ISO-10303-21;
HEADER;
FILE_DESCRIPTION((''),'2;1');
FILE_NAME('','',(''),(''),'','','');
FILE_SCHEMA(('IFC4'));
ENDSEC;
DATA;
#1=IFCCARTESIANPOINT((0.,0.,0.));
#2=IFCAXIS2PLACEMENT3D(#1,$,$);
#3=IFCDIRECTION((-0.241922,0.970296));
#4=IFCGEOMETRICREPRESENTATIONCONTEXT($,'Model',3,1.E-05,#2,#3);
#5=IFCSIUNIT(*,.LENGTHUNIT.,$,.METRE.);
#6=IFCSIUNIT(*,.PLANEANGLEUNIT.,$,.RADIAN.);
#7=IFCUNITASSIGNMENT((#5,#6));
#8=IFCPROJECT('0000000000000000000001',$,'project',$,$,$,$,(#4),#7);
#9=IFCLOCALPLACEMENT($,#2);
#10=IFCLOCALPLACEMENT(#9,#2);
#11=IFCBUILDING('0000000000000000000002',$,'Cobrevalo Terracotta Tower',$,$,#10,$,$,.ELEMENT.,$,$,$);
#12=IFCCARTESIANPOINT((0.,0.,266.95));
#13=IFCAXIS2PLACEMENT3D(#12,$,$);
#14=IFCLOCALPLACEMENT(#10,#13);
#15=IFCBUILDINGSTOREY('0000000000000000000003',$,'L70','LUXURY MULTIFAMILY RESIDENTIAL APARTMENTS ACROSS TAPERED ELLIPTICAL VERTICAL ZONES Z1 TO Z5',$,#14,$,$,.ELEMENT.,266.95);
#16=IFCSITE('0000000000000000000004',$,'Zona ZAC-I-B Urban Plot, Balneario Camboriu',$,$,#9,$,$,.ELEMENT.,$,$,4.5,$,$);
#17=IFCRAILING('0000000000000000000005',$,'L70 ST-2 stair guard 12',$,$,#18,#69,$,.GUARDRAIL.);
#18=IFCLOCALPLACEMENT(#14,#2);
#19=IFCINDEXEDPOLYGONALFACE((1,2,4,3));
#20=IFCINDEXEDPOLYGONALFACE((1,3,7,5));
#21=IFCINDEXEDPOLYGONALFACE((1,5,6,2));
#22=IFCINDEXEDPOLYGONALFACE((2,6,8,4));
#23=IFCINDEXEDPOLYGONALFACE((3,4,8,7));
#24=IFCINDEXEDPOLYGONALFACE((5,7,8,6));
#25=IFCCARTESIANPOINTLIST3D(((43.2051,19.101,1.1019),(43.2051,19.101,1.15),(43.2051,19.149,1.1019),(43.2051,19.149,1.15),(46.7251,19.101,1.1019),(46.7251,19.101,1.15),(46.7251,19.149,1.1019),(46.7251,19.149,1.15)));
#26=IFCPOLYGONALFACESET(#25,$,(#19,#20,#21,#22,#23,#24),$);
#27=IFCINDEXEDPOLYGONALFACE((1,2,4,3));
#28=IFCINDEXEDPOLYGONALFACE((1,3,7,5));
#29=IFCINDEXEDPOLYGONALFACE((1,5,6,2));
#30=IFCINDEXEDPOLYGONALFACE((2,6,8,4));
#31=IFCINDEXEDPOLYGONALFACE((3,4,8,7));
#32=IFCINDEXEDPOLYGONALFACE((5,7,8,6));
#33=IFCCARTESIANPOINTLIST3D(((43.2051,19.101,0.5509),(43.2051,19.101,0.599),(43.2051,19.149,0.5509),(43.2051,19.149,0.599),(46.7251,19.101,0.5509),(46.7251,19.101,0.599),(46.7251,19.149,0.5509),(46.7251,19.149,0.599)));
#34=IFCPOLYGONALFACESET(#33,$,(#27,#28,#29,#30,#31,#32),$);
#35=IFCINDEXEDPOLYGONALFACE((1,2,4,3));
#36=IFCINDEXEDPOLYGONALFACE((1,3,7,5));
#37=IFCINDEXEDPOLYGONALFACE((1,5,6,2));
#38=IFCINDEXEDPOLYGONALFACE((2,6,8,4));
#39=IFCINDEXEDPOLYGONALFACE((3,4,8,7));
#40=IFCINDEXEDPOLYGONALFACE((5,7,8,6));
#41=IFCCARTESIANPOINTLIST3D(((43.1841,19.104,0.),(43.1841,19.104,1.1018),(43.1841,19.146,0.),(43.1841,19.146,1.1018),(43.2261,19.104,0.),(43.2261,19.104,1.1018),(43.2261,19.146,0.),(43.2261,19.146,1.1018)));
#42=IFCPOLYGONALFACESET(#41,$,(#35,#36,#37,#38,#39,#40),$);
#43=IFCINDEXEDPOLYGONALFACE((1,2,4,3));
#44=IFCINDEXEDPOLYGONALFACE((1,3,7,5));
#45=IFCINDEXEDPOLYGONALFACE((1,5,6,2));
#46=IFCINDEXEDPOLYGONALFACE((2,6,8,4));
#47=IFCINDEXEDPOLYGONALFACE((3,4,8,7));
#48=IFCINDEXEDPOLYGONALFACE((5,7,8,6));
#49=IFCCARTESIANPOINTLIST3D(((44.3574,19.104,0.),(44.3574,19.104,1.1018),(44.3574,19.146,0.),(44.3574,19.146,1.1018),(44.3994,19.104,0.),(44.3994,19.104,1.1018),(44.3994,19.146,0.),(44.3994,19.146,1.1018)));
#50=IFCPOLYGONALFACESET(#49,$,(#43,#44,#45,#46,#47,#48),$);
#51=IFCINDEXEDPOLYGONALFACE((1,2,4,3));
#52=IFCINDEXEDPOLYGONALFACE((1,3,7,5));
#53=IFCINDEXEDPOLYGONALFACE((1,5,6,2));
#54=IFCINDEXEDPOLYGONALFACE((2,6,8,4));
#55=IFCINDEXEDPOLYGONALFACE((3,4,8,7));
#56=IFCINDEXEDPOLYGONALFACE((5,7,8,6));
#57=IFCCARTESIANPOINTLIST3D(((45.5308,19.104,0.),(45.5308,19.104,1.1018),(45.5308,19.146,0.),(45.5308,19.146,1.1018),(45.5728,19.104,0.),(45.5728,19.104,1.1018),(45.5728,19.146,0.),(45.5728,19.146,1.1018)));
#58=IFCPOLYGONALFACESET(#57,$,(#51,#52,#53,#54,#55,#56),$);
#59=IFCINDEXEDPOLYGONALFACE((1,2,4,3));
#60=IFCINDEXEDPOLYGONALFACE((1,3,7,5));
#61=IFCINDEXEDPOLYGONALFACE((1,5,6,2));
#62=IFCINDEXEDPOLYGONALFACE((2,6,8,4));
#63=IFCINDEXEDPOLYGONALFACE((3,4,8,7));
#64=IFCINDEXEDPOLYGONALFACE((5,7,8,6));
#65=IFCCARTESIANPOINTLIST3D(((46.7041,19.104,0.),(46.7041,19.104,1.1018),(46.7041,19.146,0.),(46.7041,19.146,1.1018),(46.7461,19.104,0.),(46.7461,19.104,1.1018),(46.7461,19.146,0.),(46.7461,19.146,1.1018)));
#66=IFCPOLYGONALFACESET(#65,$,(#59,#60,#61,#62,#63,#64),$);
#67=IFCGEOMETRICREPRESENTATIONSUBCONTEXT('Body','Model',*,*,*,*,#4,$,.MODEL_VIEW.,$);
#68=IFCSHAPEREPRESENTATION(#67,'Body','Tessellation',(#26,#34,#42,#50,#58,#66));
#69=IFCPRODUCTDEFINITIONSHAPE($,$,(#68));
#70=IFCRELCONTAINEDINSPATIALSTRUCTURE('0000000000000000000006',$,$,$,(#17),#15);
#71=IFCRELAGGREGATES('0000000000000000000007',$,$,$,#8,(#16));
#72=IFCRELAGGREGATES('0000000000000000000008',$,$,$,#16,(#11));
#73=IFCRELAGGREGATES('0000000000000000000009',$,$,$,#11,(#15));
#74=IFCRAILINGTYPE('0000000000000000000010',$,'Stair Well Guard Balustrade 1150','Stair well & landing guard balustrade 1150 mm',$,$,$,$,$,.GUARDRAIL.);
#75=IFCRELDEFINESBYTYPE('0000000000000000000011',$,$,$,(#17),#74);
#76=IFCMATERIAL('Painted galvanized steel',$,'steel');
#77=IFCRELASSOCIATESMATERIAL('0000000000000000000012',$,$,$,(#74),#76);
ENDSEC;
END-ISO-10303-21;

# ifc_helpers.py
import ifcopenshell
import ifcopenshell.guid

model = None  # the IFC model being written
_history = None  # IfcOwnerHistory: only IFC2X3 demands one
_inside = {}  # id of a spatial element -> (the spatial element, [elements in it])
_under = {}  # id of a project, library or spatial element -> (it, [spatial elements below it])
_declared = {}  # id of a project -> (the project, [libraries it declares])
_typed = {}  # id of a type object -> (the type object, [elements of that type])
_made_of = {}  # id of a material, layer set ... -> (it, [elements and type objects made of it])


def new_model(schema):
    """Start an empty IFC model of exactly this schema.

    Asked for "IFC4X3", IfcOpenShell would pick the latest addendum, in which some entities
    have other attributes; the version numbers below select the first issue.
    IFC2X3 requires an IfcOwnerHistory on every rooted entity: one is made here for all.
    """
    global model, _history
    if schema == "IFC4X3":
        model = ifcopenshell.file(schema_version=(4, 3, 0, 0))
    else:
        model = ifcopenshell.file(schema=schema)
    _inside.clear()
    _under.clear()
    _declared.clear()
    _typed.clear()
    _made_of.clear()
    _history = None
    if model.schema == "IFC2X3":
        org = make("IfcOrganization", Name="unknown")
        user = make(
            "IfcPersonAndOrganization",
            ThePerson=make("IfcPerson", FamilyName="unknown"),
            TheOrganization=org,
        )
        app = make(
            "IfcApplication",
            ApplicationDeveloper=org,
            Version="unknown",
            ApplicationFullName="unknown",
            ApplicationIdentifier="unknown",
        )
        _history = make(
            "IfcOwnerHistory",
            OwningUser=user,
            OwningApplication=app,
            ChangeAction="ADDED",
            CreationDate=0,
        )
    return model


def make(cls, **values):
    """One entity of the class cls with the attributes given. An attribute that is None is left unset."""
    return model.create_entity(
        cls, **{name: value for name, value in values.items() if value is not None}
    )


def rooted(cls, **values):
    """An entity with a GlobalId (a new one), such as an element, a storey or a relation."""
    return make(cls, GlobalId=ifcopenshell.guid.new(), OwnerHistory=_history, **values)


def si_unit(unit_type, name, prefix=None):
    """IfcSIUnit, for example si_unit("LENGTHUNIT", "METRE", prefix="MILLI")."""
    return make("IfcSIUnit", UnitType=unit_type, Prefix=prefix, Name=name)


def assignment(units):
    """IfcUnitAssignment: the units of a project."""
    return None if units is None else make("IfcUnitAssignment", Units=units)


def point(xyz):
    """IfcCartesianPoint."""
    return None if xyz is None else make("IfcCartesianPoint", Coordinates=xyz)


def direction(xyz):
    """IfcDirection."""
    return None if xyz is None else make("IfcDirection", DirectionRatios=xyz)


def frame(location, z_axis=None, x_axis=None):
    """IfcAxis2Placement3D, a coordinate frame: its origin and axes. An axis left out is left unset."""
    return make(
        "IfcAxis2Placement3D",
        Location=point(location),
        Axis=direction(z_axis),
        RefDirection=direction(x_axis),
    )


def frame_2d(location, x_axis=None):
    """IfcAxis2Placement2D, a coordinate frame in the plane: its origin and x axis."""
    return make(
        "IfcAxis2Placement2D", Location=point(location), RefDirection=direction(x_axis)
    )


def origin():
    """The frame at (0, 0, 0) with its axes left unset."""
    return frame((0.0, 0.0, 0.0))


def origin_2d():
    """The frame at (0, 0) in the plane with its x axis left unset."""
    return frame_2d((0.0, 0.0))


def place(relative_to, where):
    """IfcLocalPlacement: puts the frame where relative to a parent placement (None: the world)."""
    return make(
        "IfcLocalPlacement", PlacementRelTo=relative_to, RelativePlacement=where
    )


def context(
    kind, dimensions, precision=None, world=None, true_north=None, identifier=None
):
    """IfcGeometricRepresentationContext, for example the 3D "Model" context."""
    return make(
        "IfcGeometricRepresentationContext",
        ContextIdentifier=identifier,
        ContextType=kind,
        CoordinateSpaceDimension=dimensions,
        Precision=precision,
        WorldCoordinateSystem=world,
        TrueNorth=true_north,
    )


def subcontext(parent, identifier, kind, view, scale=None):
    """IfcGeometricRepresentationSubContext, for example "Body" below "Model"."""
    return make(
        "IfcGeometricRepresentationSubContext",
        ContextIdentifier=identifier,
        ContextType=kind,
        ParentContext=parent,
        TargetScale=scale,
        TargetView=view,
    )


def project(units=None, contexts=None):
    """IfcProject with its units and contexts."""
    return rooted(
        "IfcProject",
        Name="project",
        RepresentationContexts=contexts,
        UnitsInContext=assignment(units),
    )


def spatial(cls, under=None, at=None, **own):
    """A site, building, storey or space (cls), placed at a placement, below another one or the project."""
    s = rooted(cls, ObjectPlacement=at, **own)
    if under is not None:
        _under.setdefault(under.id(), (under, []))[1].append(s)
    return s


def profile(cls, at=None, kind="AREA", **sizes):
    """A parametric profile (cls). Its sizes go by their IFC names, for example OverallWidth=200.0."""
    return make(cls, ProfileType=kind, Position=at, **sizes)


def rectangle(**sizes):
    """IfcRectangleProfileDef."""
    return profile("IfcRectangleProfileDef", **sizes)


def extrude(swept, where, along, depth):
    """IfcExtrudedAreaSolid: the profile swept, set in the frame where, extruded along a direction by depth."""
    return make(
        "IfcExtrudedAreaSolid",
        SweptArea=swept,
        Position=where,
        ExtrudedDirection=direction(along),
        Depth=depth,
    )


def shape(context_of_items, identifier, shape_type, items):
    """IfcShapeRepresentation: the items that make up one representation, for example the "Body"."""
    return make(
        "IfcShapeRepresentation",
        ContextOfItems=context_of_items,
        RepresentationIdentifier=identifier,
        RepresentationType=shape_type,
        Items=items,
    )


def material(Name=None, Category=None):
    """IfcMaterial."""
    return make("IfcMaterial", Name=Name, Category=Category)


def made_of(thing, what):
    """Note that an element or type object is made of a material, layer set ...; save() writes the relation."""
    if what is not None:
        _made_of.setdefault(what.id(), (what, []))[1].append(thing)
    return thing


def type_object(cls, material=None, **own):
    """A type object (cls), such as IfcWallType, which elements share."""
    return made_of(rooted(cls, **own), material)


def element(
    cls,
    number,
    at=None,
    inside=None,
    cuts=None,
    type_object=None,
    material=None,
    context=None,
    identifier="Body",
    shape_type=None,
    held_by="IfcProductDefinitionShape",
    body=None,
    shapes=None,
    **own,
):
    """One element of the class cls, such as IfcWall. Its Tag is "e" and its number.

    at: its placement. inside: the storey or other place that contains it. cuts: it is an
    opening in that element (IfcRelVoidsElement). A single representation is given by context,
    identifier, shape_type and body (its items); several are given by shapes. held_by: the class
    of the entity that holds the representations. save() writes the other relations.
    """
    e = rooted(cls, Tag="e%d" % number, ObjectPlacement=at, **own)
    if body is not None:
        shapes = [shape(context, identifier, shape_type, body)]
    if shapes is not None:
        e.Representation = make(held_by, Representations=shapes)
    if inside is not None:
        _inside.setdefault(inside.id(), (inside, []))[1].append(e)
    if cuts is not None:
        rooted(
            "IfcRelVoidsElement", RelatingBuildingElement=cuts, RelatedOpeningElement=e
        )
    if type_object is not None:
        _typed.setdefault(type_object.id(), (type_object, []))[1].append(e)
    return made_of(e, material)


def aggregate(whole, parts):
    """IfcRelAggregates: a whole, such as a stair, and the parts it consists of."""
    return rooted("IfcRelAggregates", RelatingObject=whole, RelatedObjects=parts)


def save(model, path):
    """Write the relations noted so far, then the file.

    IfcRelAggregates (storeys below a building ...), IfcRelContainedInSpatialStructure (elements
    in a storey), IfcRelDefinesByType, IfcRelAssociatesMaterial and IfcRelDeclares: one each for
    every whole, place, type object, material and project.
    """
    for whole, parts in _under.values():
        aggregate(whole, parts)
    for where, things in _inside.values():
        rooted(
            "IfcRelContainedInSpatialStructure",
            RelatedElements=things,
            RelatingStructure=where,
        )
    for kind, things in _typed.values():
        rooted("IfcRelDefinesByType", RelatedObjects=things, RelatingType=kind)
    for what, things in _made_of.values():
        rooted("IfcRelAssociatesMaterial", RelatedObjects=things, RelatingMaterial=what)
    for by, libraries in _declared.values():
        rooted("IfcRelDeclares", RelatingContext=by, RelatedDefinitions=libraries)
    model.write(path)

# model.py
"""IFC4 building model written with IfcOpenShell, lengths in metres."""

from ifc_helpers import new_model, si_unit, direction, frame, origin, origin_2d, place, context, subcontext, project, spatial, rectangle, extrude, material, type_object, element, save


model = new_model("IFC4")

# Units and contexts
model_context = context("Model", 3, precision=1e-05, world=origin(), true_north=direction((-0.241922, 0.970296)))
body_context = subcontext(model_context, "Body", "Model", "MODEL_VIEW")
ifc_project = project(units=[si_unit("LENGTHUNIT", "METRE"), si_unit("PLANEANGLEUNIT", "RADIAN")], contexts=[model_context])

# Site, building, storey
site_placement = place(None, origin())
site = spatial("IfcSite", under=ifc_project, at=site_placement, Name="Zona ZAC-I-B Urban Plot, Balneario Camboriu", CompositionType="ELEMENT", RefElevation=4.5)
building_placement = place(site_placement, origin())
building = spatial("IfcBuilding", under=site, at=building_placement, Name="Cobrevalo Terracotta Tower", CompositionType="ELEMENT")
storey_placement = place(building_placement, frame((0.0, 0.0, 266.95)))
storey = spatial("IfcBuildingStorey", under=building, at=storey_placement, Name="L70", Description="LUXURY MULTIFAMILY RESIDENTIAL APARTMENTS ACROSS TAPERED ELLIPTICAL VERTICAL ZONES Z1 TO Z5", CompositionType="ELEMENT", Elevation=266.95)

# Railing
ifc_material_1 = material(Name="Painted galvanized steel", Category="steel")
railing_type_1 = type_object("IfcRailingType", Name="Stair Well Guard Balustrade 1150", Description="Stair well & landing guard balustrade 1150 mm", PredefinedType="GUARDRAIL", material=ifc_material_1)
railing_1_placement = place(storey_placement, frame((43.2051, 19.125, 0.0)))
element("IfcRailing", 1, at=railing_1_placement, inside=storey, type_object=railing_type_1, Name="L70 ST-2 stair guard 12", PredefinedType="GUARDRAIL", context=body_context, shape_type="SweptSolid", body=[
    extrude(rectangle(XDim=0.0481, YDim=0.0481, at=origin_2d()), frame((0.0, 0.0, 1.126), z_axis=(1.0, 0.0, 0.0), x_axis=(0.0, 1.0, 0.0)), (0.0, 0.0, 1.0), 3.52),
    extrude(rectangle(XDim=0.0481, YDim=0.0481, at=origin_2d()), frame((0.0, 0.0, 0.575), z_axis=(1.0, 0.0, 0.0), x_axis=(0.0, 1.0, 0.0)), (0.0, 0.0, 1.0), 3.52),
    extrude(rectangle(XDim=0.042, YDim=0.042, at=origin_2d()), origin(), (0.0, 0.0, 1.0), 1.1018),
    extrude(rectangle(XDim=0.042, YDim=0.042, at=origin_2d()), frame((1.1733, 0.0, 0.0)), (0.0, 0.0, 1.0), 1.1018),
    extrude(rectangle(XDim=0.042, YDim=0.042, at=origin_2d()), frame((2.3467, 0.0, 0.0)), (0.0, 0.0, 1.0), 1.1018),
    extrude(rectangle(XDim=0.042, YDim=0.042, at=origin_2d()), frame((3.52, 0.0, 0.0)), (0.0, 0.0, 1.0), 1.1018),
])

save(model, "model.ifc")
